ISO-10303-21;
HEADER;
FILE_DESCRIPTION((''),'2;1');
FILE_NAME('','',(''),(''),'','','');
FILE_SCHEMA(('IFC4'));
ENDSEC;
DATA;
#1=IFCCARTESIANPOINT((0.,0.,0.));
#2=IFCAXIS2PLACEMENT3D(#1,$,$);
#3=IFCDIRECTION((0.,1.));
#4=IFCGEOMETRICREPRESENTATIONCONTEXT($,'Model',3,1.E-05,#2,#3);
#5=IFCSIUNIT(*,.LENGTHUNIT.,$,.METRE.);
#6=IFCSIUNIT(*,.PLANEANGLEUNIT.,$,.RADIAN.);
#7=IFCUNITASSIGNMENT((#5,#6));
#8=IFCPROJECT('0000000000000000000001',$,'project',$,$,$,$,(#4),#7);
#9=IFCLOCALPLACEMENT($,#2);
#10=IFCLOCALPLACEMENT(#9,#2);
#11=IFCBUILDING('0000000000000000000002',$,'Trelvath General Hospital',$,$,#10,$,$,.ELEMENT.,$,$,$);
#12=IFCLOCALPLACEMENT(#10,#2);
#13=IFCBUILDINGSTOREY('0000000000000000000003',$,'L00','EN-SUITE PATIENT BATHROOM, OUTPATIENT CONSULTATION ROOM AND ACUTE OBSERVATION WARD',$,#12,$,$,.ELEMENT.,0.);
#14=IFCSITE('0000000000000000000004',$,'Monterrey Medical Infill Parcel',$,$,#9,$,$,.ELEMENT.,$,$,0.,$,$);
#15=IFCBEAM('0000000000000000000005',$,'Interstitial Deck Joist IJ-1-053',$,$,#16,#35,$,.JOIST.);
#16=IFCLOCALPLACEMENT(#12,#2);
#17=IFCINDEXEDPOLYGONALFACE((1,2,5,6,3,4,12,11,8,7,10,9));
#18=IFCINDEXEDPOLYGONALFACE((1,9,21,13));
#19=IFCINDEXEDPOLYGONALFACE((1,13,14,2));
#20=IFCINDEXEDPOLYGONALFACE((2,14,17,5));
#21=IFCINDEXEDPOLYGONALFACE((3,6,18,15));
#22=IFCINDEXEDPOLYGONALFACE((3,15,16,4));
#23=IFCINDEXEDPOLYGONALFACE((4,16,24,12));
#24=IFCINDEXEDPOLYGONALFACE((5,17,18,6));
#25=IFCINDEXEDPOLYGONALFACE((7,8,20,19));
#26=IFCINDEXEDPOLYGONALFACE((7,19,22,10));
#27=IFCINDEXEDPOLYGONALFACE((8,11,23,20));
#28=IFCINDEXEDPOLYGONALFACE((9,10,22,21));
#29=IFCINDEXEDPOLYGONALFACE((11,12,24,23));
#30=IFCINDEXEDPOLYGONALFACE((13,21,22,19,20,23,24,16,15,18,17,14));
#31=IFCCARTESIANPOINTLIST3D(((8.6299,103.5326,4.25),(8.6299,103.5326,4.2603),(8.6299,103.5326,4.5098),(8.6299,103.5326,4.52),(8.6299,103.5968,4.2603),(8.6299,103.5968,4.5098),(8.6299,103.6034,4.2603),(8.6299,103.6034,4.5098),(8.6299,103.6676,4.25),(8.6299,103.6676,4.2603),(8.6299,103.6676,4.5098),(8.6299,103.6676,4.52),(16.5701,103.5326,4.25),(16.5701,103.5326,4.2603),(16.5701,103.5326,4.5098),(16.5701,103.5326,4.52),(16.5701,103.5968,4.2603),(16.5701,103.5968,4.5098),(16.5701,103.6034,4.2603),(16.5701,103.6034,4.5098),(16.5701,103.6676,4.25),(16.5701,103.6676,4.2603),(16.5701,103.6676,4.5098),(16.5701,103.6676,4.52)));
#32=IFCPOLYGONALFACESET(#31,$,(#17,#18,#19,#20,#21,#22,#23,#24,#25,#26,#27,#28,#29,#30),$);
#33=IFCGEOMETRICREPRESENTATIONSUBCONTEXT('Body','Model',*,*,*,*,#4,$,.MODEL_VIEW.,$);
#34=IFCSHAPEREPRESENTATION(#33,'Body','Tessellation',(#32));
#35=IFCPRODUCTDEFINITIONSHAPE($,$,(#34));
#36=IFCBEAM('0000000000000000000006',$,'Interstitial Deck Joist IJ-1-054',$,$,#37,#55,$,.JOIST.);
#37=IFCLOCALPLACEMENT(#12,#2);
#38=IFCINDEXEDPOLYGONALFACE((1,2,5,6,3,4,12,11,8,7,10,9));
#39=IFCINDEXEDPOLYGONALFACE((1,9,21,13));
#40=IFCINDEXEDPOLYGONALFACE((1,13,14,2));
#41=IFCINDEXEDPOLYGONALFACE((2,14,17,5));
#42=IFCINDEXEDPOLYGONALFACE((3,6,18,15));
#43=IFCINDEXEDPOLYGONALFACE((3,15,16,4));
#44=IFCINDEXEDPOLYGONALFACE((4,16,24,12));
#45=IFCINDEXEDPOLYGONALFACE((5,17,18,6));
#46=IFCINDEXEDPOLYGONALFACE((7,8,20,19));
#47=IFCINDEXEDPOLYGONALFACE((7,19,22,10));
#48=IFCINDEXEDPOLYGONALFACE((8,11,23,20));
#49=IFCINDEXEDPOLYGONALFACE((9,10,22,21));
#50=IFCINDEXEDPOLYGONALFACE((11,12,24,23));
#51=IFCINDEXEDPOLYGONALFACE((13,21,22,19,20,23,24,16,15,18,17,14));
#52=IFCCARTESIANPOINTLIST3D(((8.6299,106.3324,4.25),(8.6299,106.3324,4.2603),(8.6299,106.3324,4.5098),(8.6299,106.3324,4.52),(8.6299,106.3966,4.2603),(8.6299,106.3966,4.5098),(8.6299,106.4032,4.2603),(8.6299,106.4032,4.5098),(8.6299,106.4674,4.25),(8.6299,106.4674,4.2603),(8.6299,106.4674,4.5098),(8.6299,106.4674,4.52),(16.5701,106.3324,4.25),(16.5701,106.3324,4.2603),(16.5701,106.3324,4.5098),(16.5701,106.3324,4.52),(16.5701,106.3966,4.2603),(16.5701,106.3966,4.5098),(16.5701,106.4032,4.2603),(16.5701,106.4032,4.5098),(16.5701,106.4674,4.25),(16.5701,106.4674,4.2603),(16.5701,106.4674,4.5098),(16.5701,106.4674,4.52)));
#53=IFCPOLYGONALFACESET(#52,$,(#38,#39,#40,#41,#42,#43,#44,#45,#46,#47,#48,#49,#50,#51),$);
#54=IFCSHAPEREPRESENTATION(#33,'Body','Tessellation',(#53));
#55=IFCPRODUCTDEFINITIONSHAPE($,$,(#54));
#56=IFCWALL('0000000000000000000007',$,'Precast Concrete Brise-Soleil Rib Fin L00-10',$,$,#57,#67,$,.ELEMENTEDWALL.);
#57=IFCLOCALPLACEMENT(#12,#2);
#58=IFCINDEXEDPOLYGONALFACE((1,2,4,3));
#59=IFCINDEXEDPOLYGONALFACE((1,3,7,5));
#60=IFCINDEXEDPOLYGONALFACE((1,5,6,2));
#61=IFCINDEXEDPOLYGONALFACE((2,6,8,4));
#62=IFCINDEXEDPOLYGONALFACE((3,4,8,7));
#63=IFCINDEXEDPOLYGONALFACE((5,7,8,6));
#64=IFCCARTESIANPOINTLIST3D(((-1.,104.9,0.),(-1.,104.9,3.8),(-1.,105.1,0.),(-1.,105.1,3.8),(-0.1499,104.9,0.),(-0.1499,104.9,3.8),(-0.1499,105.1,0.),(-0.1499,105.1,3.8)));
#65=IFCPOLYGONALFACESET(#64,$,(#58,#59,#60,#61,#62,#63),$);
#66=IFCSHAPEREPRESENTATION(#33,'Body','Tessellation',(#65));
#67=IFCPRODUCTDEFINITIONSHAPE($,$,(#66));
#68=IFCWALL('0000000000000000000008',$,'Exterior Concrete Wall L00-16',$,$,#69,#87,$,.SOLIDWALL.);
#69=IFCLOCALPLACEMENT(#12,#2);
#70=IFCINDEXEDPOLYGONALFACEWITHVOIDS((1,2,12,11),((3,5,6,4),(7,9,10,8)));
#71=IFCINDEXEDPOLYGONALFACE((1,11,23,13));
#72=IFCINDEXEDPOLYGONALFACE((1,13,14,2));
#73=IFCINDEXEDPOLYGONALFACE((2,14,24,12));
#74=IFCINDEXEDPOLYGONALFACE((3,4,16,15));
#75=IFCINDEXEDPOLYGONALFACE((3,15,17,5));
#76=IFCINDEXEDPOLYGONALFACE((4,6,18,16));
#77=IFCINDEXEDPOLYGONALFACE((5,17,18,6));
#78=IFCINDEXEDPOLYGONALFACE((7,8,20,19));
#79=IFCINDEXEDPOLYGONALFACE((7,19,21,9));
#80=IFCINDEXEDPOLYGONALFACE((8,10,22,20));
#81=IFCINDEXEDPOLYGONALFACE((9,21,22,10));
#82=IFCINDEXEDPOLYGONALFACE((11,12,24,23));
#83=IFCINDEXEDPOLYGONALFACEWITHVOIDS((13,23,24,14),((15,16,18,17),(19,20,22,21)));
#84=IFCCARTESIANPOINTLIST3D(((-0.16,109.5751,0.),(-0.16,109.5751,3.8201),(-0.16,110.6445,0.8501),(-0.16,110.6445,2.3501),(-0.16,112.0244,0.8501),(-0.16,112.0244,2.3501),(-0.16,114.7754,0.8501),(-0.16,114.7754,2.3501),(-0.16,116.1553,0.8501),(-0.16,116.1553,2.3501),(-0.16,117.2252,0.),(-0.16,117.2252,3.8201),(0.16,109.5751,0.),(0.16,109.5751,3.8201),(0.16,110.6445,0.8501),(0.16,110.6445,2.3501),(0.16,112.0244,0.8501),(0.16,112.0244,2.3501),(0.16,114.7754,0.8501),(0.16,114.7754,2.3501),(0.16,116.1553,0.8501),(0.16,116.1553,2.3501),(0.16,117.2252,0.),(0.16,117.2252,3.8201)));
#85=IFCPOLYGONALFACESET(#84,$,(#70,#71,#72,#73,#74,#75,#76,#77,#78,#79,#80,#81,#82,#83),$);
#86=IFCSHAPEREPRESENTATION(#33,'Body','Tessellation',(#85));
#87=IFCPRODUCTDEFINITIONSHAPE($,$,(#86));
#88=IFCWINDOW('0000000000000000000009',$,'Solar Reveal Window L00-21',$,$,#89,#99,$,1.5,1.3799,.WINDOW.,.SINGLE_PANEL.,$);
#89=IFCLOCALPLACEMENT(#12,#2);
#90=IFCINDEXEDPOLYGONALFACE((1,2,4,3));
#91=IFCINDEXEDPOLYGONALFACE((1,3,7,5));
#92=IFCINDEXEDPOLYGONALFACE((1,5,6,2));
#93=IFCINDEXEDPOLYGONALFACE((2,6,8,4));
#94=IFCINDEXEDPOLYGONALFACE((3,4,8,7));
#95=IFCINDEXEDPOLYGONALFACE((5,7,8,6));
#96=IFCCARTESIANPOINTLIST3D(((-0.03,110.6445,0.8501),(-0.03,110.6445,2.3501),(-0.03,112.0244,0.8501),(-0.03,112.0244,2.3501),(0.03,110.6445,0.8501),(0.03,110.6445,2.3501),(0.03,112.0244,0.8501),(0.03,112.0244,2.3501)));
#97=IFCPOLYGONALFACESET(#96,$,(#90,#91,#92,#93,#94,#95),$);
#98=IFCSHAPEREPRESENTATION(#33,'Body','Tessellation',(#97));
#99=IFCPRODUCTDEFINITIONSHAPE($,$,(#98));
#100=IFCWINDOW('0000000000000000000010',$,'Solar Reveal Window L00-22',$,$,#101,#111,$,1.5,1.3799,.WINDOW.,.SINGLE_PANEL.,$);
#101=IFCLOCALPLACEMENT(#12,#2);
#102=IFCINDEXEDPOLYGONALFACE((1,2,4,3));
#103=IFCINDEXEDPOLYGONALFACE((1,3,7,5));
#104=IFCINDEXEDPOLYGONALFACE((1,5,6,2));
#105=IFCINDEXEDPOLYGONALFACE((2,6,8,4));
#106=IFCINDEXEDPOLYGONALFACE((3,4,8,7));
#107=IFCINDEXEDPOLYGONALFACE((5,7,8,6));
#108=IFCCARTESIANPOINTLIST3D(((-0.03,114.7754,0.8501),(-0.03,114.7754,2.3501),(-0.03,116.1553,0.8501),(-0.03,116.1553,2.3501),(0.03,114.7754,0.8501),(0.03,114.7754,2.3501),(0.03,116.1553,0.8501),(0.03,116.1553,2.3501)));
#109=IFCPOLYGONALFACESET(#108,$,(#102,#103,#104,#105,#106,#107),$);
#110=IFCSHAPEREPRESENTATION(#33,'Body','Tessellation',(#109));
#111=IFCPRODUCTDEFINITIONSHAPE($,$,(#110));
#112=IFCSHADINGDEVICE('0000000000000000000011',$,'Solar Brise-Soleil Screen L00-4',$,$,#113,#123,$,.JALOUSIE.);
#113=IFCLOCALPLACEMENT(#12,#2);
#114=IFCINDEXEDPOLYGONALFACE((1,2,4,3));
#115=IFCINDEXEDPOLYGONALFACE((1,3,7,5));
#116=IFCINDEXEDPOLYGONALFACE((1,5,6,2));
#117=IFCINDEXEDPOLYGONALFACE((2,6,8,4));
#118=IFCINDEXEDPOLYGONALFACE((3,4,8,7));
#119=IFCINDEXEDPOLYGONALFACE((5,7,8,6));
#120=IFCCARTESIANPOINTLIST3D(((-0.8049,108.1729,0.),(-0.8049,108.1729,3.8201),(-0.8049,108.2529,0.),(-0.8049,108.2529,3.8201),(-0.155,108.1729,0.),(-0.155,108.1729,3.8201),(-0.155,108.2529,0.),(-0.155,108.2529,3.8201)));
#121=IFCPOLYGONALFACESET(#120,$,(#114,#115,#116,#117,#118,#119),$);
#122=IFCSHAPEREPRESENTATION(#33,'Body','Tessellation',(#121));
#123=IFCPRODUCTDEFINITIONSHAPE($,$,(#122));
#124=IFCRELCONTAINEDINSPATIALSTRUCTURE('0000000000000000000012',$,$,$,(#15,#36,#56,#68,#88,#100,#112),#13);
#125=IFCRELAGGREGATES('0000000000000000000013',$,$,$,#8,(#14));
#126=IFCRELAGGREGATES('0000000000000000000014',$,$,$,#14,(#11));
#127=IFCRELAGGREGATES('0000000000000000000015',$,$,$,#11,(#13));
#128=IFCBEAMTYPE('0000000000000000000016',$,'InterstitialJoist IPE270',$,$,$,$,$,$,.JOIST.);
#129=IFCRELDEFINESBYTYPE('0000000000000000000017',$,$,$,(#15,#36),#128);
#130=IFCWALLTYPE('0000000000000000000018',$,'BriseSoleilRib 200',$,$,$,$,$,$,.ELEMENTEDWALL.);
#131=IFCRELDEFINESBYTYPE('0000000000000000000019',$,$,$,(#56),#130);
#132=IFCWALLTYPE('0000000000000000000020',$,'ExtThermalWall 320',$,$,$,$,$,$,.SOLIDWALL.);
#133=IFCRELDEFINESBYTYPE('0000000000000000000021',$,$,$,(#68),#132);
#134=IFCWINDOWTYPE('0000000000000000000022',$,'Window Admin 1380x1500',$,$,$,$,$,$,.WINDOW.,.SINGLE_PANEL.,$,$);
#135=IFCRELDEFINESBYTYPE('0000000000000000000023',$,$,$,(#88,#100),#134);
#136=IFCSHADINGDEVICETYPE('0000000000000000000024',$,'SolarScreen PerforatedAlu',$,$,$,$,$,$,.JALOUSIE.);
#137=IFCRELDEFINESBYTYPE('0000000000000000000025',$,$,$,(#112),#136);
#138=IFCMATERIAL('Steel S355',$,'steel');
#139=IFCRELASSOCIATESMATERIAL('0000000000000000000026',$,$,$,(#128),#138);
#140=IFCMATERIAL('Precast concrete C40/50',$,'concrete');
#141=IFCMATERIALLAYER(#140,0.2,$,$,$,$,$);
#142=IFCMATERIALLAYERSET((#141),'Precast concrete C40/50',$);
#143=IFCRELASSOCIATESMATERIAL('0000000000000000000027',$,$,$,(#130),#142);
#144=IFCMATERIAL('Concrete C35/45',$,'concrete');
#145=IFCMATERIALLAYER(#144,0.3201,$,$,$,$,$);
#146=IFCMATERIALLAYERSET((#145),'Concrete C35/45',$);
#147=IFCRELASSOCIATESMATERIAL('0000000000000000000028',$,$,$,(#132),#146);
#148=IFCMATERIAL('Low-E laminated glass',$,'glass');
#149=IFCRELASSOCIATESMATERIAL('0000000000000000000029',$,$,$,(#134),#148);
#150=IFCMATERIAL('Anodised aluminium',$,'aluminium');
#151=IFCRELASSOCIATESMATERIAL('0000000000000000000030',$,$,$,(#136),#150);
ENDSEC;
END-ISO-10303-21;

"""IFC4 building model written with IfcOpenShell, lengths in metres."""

from ifc_helpers import new_model, si_unit, direction, frame, frame_2d, origin, origin_2d, place, context, subcontext, project, spatial, rectangle, i_section, extrude, material, layer, layer_set, material_profile, profile_set, type_object, element, fill, save


model = new_model("IFC4")

# Units and contexts
model_context = context("Model", 3, precision=1e-05, world=origin(), true_north=direction((0.0, 1.0)))
body_context = subcontext(model_context, "Body", "Model", "MODEL_VIEW")
ifc_project = project(units=[si_unit("LENGTHUNIT", "METRE"), si_unit("PLANEANGLEUNIT", "RADIAN")], contexts=[model_context])

# Site, building, storey
site_placement = place(None, origin())
site = spatial("IfcSite", under=ifc_project, at=site_placement, Name="Monterrey Medical Infill Parcel", CompositionType="ELEMENT", RefElevation=0.0)
building_placement = place(site_placement, origin())
building = spatial("IfcBuilding", under=site, at=building_placement, Name="Trelvath General Hospital", CompositionType="ELEMENT")
storey_placement = place(building_placement, origin())
storey = spatial("IfcBuildingStorey", under=building, at=storey_placement, Name="L00", Description="EN-SUITE PATIENT BATHROOM, OUTPATIENT CONSULTATION ROOM AND ACUTE OBSERVATION WARD", CompositionType="ELEMENT", Elevation=0.0)

# Beams
ifc_material_1 = material(Name="Steel S355", Category="steel")
ifc_material_profile_1 = material_profile(ifc_material_1, i_section(OverallWidth=0.135, OverallDepth=0.27, WebThickness=0.0066, FlangeThickness=0.0103, at=origin_2d()), Name="IPE270")
ifc_profile_set_1 = profile_set([ifc_material_profile_1], Name="Steel S355")
beam_type_1 = type_object("IfcBeamType", Name="InterstitialJoist IPE270", PredefinedType="JOIST", material=ifc_profile_set_1)
for number, where, z_axis, x_axis, name in (
    (1, (8.6299, 103.6001, 4.385), (1.0, 0.0, 0.0), (0.0, 1.0, 0.0), "Interstitial Deck Joist IJ-1-053"),
    (2, (8.6299, 106.3999, 4.385), (1.0, 0.0, 0.0), (0.0, 1.0, 0.0), "Interstitial Deck Joist IJ-1-054"),
):
    element("IfcBeam", number, at=place(storey_placement, frame(where, z_axis=z_axis, x_axis=x_axis)), inside=storey, type_object=beam_type_1, Name=name, PredefinedType="JOIST", context=body_context, shape_type="SweptSolid", body=[
        extrude(i_section(OverallWidth=0.135, OverallDepth=0.27, WebThickness=0.0066, FlangeThickness=0.0103, at=origin_2d()), origin(), (0.0, 0.0, 1.0), 7.9402),
    ])

# Wall
ifc_material_2 = material(Name="Precast concrete C40/50", Category="concrete")
ifc_layer_1 = layer(ifc_material_2, 0.2)
ifc_layer_set_1 = layer_set([ifc_layer_1], Name="Precast concrete C40/50")
wall_type_1 = type_object("IfcWallType", Name="BriseSoleilRib 200", PredefinedType="ELEMENTEDWALL", material=ifc_layer_set_1)
wall_1_placement = place(storey_placement, frame((-0.1499, 105.0, 0.0), z_axis=(0.0, 0.0, 1.0), x_axis=(-1.0, 0.0, 0.0)))
element("IfcWall", 3, at=wall_1_placement, inside=storey, type_object=wall_type_1, Name="Precast Concrete Brise-Soleil Rib Fin L00-10", PredefinedType="ELEMENTEDWALL", context=body_context, shape_type="SweptSolid", body=[
    extrude(rectangle(XDim=0.8501, YDim=0.2, at=frame_2d((0.425, 0.0))), origin(), (0.0, 0.0, 1.0), 3.8),
])

# Wall, openings, windows
ifc_material_3 = material(Name="Concrete C35/45", Category="concrete")
ifc_layer_2 = layer(ifc_material_3, 0.3201)
ifc_layer_set_2 = layer_set([ifc_layer_2], Name="Concrete C35/45")
wall_type_2 = type_object("IfcWallType", Name="ExtThermalWall 320", PredefinedType="SOLIDWALL", material=ifc_layer_set_2)
wall_2_placement = place(storey_placement, frame((0.0, 109.575, 0.0), z_axis=(0.0, 0.0, 1.0), x_axis=(0.0, 1.0, 0.0)))
wall_2 = element("IfcWall", 4, at=wall_2_placement, inside=storey, type_object=wall_type_2, Name="Exterior Concrete Wall L00-16", PredefinedType="SOLIDWALL", context=body_context, shape_type="SweptSolid", body=[
    extrude(rectangle(XDim=7.6501, YDim=0.3201, at=frame_2d((3.8252, 0.0))), origin(), (0.0, 0.0, 1.0), 3.8201),
])
opening_1_placement = place(wall_2_placement, frame((1.0696, 0.0, 0.8501)))
opening_1 = element("IfcOpeningElement", 5, at=opening_1_placement, cuts=wall_2, PredefinedType="OPENING", context=body_context, shape_type="SweptSolid", body=[
    extrude(rectangle(XDim=1.3799, YDim=1.5, at=frame_2d((0.6899, 0.75))), frame((0.0, 0.1699, 0.0), z_axis=(0.0, -1.0, 0.0), x_axis=(1.0, 0.0, 0.0)), (0.0, 0.0, 1.0), 0.3401),
])
opening_2_placement = place(wall_2_placement, frame((5.2004, 0.0, 0.8501)))
opening_2 = element("IfcOpeningElement", 6, at=opening_2_placement, cuts=wall_2, PredefinedType="OPENING", context=body_context, shape_type="SweptSolid", body=[
    extrude(rectangle(XDim=1.3799, YDim=1.5, at=frame_2d((0.6899, 0.75))), frame((0.0, 0.1699, 0.0), z_axis=(0.0, -1.0, 0.0), x_axis=(1.0, 0.0, 0.0)), (0.0, 0.0, 1.0), 0.3401),
])
ifc_material_4 = material(Name="Low-E laminated glass", Category="glass")
window_type = type_object("IfcWindowType", Name="Window Admin 1380x1500", PartitioningType="SINGLE_PANEL", PredefinedType="WINDOW", material=ifc_material_4)
window_1_placement = place(opening_1_placement, origin())
window_1 = element("IfcWindow", 7, at=window_1_placement, inside=storey, type_object=window_type, Name="Solar Reveal Window L00-21", OverallHeight=1.5, OverallWidth=1.3799, PartitioningType="SINGLE_PANEL", PredefinedType="WINDOW", context=body_context, shape_type="SweptSolid", body=[
    extrude(rectangle(XDim=1.3799, YDim=1.5, at=frame_2d((0.6899, 0.75))), frame((0.0, 0.03, 0.0), z_axis=(0.0, -1.0, 0.0), x_axis=(1.0, 0.0, 0.0)), (0.0, 0.0, 1.0), 0.0601),
])
fill(opening_1, window_1)
window_2_placement = place(opening_2_placement, origin())
window_2 = element("IfcWindow", 8, at=window_2_placement, inside=storey, type_object=window_type, Name="Solar Reveal Window L00-22", OverallHeight=1.5, OverallWidth=1.3799, PartitioningType="SINGLE_PANEL", PredefinedType="WINDOW", context=body_context, shape_type="SweptSolid", body=[
    extrude(rectangle(XDim=1.3799, YDim=1.5, at=frame_2d((0.6899, 0.75))), frame((0.0, 0.03, 0.0), z_axis=(0.0, -1.0, 0.0), x_axis=(1.0, 0.0, 0.0)), (0.0, 0.0, 1.0), 0.0601),
])
fill(opening_2, window_2)

# Shading device
ifc_material_5 = material(Name="Anodised aluminium", Category="aluminium")
shading_device_type = type_object("IfcShadingDeviceType", Name="SolarScreen PerforatedAlu", PredefinedType="JALOUSIE", material=ifc_material_5)
shading_device_placement = place(storey_placement, frame((-0.48, 108.2129, 0.0), z_axis=(0.0, 0.0, 1.0), x_axis=(-1.0, 0.0, 0.0)))
element("IfcShadingDevice", 9, at=shading_device_placement, inside=storey, type_object=shading_device_type, Name="Solar Brise-Soleil Screen L00-4", PredefinedType="JALOUSIE", context=body_context, shape_type="SweptSolid", body=[
    extrude(rectangle(XDim=0.6499, YDim=0.0801, at=origin_2d()), origin(), (0.0, 0.0, 1.0), 3.8201),
])

save(model, "model.ifc")
